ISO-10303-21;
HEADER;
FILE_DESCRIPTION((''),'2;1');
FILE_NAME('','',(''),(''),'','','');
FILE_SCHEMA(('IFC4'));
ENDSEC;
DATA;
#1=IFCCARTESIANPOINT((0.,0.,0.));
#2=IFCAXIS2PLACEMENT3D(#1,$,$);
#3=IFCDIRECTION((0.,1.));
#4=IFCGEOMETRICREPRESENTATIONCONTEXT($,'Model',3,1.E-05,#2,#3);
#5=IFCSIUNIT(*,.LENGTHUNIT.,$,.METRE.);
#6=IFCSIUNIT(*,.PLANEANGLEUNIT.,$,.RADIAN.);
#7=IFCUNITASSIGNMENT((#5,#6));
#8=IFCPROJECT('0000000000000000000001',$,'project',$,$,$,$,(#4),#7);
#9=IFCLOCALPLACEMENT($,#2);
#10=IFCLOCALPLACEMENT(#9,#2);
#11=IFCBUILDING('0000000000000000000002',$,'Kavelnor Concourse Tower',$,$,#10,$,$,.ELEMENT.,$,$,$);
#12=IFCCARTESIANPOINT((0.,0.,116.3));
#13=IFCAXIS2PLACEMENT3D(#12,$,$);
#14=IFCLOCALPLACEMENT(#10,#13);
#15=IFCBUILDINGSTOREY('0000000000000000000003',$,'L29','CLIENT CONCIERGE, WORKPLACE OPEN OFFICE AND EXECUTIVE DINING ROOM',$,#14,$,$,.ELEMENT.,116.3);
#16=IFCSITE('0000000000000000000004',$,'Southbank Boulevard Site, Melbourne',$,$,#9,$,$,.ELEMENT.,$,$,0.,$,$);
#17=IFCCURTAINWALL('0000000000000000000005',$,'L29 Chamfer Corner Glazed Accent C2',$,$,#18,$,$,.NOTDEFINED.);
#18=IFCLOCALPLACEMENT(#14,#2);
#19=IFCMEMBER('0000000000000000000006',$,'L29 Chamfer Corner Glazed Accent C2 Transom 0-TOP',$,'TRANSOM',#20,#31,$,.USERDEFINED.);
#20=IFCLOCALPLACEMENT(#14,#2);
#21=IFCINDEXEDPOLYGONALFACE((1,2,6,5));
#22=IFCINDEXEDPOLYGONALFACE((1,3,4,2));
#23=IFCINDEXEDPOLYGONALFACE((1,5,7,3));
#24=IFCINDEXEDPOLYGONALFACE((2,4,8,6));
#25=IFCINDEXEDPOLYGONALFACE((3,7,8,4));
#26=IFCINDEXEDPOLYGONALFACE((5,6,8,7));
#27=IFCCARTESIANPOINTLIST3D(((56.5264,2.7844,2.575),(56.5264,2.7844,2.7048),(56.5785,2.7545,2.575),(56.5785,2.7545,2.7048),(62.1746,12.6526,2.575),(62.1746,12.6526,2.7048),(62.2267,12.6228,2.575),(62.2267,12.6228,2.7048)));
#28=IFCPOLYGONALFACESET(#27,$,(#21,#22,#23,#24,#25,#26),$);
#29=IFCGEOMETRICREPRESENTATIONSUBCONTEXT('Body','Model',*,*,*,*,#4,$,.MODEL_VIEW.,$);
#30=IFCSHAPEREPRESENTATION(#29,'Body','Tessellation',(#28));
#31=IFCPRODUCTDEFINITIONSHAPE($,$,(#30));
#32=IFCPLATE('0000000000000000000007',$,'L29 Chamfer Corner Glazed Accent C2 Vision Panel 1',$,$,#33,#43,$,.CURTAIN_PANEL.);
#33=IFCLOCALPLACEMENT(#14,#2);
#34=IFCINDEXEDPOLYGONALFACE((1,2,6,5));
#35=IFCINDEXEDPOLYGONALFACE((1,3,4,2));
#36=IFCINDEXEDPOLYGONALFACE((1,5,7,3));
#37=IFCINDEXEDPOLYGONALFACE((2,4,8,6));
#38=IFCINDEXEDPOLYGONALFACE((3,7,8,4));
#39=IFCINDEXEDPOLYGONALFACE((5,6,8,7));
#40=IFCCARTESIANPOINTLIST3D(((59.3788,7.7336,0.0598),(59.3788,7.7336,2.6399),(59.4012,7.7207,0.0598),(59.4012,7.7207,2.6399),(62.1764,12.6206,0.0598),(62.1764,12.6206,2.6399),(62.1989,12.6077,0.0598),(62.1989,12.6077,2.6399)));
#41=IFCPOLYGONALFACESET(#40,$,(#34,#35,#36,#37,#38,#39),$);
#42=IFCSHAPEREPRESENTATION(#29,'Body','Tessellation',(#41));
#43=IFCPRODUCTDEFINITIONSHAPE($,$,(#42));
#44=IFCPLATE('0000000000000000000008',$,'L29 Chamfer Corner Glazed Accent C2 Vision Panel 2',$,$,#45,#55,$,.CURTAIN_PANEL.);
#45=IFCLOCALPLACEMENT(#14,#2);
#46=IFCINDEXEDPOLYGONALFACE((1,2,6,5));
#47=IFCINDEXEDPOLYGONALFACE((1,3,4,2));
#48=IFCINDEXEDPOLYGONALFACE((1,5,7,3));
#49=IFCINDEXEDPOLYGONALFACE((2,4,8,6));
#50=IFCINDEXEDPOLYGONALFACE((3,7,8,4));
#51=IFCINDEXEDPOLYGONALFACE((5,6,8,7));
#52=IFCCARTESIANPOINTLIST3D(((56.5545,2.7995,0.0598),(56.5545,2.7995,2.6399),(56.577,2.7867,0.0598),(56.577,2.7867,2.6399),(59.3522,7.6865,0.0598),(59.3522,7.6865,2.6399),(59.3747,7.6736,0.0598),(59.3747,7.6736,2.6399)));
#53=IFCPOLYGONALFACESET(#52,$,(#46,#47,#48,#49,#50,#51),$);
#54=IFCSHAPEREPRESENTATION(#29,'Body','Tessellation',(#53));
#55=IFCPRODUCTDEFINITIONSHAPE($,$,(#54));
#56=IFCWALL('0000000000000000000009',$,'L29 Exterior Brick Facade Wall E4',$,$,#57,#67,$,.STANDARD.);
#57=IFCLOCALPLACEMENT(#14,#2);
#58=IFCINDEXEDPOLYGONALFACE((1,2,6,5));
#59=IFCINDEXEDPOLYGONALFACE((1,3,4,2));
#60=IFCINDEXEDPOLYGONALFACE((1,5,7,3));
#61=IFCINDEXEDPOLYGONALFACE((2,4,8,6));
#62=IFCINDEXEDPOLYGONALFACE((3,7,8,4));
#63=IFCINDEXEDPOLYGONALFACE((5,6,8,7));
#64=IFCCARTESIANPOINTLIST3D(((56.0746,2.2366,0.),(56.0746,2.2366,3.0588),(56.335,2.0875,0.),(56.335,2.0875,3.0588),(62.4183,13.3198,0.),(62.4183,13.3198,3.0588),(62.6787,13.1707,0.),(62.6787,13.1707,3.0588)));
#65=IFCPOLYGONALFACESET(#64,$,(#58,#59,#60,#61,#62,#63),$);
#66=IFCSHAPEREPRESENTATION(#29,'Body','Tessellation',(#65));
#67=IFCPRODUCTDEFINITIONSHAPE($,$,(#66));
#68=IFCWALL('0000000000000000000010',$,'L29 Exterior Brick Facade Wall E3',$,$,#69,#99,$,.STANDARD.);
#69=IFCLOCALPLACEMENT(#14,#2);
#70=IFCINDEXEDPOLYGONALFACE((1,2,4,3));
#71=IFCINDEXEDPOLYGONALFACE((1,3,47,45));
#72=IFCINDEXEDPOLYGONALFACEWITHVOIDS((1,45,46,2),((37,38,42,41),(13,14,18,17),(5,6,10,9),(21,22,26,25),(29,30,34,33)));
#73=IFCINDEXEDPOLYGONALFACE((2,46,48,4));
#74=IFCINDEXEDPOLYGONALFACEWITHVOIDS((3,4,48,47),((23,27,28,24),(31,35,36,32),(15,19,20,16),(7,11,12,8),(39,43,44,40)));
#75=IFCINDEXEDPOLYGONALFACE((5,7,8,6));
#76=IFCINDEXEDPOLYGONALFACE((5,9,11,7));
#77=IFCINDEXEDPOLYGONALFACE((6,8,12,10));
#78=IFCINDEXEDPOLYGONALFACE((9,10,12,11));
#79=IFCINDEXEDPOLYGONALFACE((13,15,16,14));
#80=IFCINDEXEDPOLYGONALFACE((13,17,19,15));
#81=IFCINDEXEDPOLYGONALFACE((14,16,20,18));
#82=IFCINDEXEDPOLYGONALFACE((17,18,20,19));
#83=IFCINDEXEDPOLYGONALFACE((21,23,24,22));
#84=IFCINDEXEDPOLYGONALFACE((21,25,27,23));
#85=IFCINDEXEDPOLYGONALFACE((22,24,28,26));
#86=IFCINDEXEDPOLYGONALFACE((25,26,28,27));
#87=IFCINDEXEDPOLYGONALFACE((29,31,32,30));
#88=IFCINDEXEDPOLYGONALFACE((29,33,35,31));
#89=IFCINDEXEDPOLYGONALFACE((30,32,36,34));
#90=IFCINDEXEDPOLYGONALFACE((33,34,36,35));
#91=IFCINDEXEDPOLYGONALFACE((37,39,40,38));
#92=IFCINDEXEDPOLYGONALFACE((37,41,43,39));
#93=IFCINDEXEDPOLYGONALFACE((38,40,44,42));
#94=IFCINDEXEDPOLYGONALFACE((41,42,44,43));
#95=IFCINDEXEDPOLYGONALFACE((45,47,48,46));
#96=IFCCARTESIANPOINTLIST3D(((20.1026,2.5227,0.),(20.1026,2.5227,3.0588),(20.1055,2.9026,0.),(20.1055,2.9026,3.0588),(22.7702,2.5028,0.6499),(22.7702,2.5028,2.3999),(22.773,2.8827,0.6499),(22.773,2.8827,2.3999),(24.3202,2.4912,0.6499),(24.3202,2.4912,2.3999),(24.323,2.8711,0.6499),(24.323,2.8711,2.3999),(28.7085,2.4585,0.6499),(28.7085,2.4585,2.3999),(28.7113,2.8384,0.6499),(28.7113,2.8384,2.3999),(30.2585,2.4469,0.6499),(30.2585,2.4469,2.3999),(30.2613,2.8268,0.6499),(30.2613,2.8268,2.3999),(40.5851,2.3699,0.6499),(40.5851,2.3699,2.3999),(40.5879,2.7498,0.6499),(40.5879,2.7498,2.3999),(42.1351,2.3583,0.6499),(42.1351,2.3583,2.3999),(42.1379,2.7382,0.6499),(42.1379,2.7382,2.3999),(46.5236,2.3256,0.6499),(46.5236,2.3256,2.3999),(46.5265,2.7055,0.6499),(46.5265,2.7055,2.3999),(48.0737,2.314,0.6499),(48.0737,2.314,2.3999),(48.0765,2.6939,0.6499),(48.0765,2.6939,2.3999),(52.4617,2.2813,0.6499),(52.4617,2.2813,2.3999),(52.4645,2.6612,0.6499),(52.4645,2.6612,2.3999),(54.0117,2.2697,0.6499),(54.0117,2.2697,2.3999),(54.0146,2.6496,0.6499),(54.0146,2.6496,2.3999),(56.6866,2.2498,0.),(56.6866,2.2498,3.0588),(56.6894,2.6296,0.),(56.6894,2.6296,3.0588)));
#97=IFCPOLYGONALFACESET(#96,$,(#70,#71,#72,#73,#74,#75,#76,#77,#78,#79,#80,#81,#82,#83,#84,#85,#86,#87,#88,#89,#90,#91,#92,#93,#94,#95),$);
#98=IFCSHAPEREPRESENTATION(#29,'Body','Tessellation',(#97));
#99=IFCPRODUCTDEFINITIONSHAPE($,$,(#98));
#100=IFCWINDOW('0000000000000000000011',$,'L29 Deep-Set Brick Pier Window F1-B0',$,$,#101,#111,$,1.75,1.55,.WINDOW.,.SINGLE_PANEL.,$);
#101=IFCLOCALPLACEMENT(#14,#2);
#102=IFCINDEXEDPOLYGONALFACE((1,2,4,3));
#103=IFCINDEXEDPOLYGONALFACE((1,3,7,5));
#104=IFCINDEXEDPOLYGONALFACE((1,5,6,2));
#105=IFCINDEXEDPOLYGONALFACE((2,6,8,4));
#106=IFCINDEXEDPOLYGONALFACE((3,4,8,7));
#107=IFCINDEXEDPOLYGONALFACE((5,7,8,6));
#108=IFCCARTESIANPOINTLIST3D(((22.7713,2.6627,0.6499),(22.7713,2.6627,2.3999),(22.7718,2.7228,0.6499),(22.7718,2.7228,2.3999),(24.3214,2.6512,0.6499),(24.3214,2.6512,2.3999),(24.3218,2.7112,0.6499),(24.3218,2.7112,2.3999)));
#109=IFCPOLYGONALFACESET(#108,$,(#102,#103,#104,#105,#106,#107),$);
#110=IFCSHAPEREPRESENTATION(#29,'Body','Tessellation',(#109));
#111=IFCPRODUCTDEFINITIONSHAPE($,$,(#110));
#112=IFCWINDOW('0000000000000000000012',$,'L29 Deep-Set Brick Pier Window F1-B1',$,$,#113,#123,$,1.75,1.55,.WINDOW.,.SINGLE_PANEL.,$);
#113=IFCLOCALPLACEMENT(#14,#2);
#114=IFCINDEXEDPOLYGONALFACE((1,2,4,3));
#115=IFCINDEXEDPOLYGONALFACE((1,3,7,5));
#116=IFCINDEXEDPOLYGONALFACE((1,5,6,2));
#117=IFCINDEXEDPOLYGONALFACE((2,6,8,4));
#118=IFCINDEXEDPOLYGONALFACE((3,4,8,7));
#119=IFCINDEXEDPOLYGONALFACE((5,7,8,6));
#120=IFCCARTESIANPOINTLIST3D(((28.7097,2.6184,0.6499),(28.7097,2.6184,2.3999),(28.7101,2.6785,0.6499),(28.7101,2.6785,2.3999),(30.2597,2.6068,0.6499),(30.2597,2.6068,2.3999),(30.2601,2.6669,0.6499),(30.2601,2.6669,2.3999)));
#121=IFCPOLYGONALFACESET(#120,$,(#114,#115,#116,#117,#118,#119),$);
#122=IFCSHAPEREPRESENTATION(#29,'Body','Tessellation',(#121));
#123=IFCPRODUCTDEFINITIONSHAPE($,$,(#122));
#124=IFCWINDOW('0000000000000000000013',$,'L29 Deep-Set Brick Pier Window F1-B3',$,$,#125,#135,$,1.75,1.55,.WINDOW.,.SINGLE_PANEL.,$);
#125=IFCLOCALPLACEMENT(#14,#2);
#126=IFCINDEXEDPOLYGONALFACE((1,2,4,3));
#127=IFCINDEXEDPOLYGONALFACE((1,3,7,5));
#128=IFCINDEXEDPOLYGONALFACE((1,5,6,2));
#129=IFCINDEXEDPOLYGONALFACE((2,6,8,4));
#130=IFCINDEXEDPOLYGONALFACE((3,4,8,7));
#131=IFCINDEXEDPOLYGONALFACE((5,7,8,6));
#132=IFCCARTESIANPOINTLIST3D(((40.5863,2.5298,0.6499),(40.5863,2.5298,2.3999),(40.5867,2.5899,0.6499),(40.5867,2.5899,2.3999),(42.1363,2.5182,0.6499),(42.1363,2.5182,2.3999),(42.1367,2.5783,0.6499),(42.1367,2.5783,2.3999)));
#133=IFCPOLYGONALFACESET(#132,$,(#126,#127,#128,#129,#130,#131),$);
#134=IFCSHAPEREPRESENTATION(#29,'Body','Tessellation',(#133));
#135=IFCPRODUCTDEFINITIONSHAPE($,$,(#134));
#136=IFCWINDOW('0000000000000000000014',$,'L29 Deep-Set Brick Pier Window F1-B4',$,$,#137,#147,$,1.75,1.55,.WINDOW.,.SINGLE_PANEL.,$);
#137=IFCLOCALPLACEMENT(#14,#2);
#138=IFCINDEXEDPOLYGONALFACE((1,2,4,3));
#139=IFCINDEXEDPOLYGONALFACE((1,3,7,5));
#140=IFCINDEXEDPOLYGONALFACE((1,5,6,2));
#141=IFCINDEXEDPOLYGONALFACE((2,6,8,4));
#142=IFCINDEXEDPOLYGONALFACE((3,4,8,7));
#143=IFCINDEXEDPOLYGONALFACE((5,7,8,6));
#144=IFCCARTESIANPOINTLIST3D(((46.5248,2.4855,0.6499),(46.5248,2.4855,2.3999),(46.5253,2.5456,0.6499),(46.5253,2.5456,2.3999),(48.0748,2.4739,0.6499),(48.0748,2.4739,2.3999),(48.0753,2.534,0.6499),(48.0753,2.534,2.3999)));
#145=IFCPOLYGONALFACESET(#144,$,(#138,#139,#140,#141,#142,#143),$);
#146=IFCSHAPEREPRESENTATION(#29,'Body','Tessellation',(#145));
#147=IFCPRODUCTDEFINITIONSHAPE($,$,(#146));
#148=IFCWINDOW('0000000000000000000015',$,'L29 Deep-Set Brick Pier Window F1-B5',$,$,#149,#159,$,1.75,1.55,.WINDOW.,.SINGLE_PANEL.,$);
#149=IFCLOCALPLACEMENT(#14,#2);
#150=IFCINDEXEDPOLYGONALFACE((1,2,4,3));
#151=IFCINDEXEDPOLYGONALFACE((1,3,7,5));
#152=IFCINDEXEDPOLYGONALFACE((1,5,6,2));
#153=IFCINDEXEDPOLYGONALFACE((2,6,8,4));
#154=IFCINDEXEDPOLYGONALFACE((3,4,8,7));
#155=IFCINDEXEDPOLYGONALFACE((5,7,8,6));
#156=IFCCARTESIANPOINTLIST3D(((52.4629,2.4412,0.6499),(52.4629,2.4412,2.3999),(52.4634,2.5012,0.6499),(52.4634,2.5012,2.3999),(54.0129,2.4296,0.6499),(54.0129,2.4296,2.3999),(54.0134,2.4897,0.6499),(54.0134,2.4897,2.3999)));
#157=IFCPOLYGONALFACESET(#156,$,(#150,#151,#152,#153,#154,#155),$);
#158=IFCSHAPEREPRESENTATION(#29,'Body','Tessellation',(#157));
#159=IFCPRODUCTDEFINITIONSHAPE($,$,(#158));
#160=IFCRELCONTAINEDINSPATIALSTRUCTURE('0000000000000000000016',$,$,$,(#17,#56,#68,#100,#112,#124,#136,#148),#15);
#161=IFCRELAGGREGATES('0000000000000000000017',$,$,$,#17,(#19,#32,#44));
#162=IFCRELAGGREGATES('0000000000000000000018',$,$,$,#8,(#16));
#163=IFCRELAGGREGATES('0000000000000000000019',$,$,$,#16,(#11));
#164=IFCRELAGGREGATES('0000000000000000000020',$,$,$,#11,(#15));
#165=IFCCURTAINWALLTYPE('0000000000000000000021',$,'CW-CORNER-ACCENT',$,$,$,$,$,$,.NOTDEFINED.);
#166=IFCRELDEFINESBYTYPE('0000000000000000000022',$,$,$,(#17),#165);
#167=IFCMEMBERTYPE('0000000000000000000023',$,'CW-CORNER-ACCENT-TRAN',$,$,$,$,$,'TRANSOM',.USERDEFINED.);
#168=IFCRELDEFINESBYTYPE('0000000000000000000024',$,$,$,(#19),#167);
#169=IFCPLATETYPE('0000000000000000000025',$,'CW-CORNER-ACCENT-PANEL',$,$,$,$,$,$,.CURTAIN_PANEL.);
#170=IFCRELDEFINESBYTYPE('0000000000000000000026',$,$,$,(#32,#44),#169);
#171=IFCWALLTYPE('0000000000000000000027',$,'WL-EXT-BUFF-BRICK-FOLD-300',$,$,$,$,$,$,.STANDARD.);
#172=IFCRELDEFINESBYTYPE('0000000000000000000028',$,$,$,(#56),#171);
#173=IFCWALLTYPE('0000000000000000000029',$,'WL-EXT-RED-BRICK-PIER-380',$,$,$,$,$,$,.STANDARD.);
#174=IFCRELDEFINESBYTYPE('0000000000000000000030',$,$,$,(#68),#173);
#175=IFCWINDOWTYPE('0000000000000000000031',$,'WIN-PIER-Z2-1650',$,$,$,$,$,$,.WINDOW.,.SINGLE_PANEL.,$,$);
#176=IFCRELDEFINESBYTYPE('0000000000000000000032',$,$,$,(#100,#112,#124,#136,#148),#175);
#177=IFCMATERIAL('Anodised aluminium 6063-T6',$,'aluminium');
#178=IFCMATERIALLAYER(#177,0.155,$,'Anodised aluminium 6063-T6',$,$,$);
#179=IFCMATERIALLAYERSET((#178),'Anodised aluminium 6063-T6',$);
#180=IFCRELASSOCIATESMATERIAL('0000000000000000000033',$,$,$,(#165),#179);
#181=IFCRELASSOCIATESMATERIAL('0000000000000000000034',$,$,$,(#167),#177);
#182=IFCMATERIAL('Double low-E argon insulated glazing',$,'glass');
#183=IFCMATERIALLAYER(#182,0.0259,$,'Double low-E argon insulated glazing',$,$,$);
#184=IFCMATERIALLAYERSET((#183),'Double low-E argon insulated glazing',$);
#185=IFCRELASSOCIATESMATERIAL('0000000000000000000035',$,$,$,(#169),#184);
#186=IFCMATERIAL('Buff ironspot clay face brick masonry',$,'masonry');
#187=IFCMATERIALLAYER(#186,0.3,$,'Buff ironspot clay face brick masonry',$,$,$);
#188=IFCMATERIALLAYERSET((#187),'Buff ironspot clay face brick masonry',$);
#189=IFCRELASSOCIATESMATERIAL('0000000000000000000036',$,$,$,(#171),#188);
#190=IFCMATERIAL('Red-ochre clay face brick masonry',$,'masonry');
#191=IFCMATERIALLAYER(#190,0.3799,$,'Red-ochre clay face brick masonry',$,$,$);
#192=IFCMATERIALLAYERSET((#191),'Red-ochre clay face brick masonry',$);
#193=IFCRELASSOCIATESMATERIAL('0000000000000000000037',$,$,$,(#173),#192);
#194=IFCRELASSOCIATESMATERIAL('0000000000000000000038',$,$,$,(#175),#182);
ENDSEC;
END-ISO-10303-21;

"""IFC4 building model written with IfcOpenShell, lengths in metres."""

from ifc_helpers import new_model, si_unit, direction, frame, frame_2d, origin, origin_2d, place, context, subcontext, project, spatial, rectangle, extrude, material, layer, layer_set, material_profile, profile_set, type_object, element, fill, aggregate, save


model = new_model("IFC4")

# Units and contexts
model_context = context("Model", 3, precision=1e-05, world=origin(), true_north=direction((0.0, 1.0)))
body_context = subcontext(model_context, "Body", "Model", "MODEL_VIEW")
ifc_project = project(units=[si_unit("LENGTHUNIT", "METRE"), si_unit("PLANEANGLEUNIT", "RADIAN")], contexts=[model_context])

# Site, building, storey
site_placement = place(None, origin())
site = spatial("IfcSite", under=ifc_project, at=site_placement, Name="Southbank Boulevard Site, Melbourne", CompositionType="ELEMENT", RefElevation=0.0)
building_placement = place(site_placement, origin())
building = spatial("IfcBuilding", under=site, at=building_placement, Name="Kavelnor Concourse Tower", CompositionType="ELEMENT")
storey_placement = place(building_placement, frame((0.0, 0.0, 116.3)))
storey = spatial("IfcBuildingStorey", under=building, at=storey_placement, Name="L29", Description="CLIENT CONCIERGE, WORKPLACE OPEN OFFICE AND EXECUTIVE DINING ROOM", CompositionType="ELEMENT", Elevation=116.3)

# Curtain wall, member, plates
ifc_material_1 = material(Name="Anodised aluminium 6063-T6", Category="aluminium")
ifc_layer_1 = layer(ifc_material_1, 0.155, Name="Anodised aluminium 6063-T6")
ifc_layer_set_1 = layer_set([ifc_layer_1], Name="Anodised aluminium 6063-T6")
curtain_wall_type = type_object("IfcCurtainWallType", Name="CW-CORNER-ACCENT", PredefinedType="NOTDEFINED", material=ifc_layer_set_1)
curtain_wall_placement = place(storey_placement, origin())
curtain_wall = element("IfcCurtainWall", 1, at=curtain_wall_placement, inside=storey, type_object=curtain_wall_type, Name="L29 Chamfer Corner Glazed Accent C2", PredefinedType="NOTDEFINED")
ifc_material_profile_1 = material_profile(ifc_material_1, rectangle(XDim=0.0601, YDim=0.1299, at=origin_2d()), Name="AL-TRAN 60x130")
ifc_profile_set_1 = profile_set([ifc_material_profile_1], Name="Anodised aluminium 6063-T6")
member_type_1 = type_object("IfcMemberType", Name="CW-CORNER-ACCENT-TRAN", ElementType="TRANSOM", PredefinedType="USERDEFINED", material=ifc_profile_set_1)
member_1_placement = place(storey_placement, frame((62.2007, 12.6377, 2.6399), z_axis=(-0.496752, -0.867893, 0.0), x_axis=(0.867893, -0.496752, 0.0)))
member_1 = element("IfcMember", 2, at=member_1_placement, type_object=member_type_1, Name="L29 Chamfer Corner Glazed Accent C2 Transom 0-TOP", ObjectType="TRANSOM", PredefinedType="USERDEFINED", context=body_context, shape_type="SweptSolid", body=[
    extrude(rectangle(XDim=0.0601, YDim=0.1299, at=origin_2d()), origin(), (0.0, 0.0, 1.0), 11.3704),
])
ifc_material_2 = material(Name="Double low-E argon insulated glazing", Category="glass")
ifc_layer_2 = layer(ifc_material_2, 0.0259, Name="Double low-E argon insulated glazing")
ifc_layer_set_2 = layer_set([ifc_layer_2], Name="Double low-E argon insulated glazing")
plate_type = type_object("IfcPlateType", Name="CW-CORNER-ACCENT-PANEL", PredefinedType="CURTAIN_PANEL", material=ifc_layer_set_2)
plate_1_placement = place(storey_placement, frame((60.7888, 10.1707, 0.0598), z_axis=(0.0, 0.0, 1.0), x_axis=(-0.496822, -0.867852, 0.0)))
plate_1 = element("IfcPlate", 3, at=plate_1_placement, type_object=plate_type, Name="L29 Chamfer Corner Glazed Accent C2 Vision Panel 1", PredefinedType="CURTAIN_PANEL", context=body_context, shape_type="SweptSolid", body=[
    extrude(rectangle(XDim=5.6311, YDim=0.0259, at=origin_2d()), origin(), (0.0, 0.0, 1.0), 2.5801),
])
plate_2_placement = place(storey_placement, frame((57.9646, 5.2366, 0.0598), z_axis=(0.0, 0.0, 1.0), x_axis=(-0.496822, -0.867852, 0.0)))
plate_2 = element("IfcPlate", 4, at=plate_2_placement, type_object=plate_type, Name="L29 Chamfer Corner Glazed Accent C2 Vision Panel 2", PredefinedType="CURTAIN_PANEL", context=body_context, shape_type="SweptSolid", body=[
    extrude(rectangle(XDim=5.6311, YDim=0.0259, at=origin_2d()), origin(), (0.0, 0.0, 1.0), 2.5801),
])
aggregate(curtain_wall, [member_1, plate_1, plate_2])

# Wall
ifc_material_3 = material(Name="Buff ironspot clay face brick masonry", Category="masonry")
ifc_layer_3 = layer(ifc_material_3, 0.3, Name="Buff ironspot clay face brick masonry")
ifc_layer_set_3 = layer_set([ifc_layer_3], Name="Buff ironspot clay face brick masonry")
wall_type_1 = type_object("IfcWallType", Name="WL-EXT-BUFF-BRICK-FOLD-300", PredefinedType="STANDARD", material=ifc_layer_set_3)
wall_1_placement = place(storey_placement, frame((62.5486, 13.2454, 0.0), z_axis=(0.0, 0.0, 1.0), x_axis=(-0.496756, -0.86789, 0.0)))
element("IfcWall", 5, at=wall_1_placement, inside=storey, type_object=wall_type_1, Name="L29 Exterior Brick Facade Wall E4", PredefinedType="STANDARD", context=body_context, shape_type="SweptSolid", body=[
    extrude(rectangle(XDim=12.7703, YDim=0.3, at=frame_2d((6.3853, 0.0))), origin(), (0.0, 0.0, 1.0), 3.0588),
])

# Wall, openings, windows
ifc_material_4 = material(Name="Red-ochre clay face brick masonry", Category="masonry")
ifc_layer_4 = layer(ifc_material_4, 0.3799, Name="Red-ochre clay face brick masonry")
ifc_layer_set_4 = layer_set([ifc_layer_4], Name="Red-ochre clay face brick masonry")
wall_type_2 = type_object("IfcWallType", Name="WL-EXT-RED-BRICK-PIER-380", PredefinedType="STANDARD", material=ifc_layer_set_4)
wall_2_placement = place(storey_placement, frame((56.688, 2.4397, 0.0), z_axis=(0.0, 0.0, 1.0), x_axis=(-0.999972, 0.007461, 0.0)))
wall_2 = element("IfcWall", 6, at=wall_2_placement, inside=storey, type_object=wall_type_2, Name="L29 Exterior Brick Facade Wall E3", PredefinedType="STANDARD", context=body_context, shape_type="SweptSolid", body=[
    extrude(rectangle(XDim=36.585, YDim=0.3799, at=frame_2d((18.2925, 0.0))), origin(), (0.0, 0.0, 1.0), 3.0588),
])
opening_1_placement = place(wall_2_placement, frame((32.3674, 0.0, 0.6499)))
opening_1 = element("IfcOpeningElement", 7, at=opening_1_placement, cuts=wall_2, PredefinedType="OPENING", context=body_context, shape_type="SweptSolid", body=[
    extrude(rectangle(XDim=1.55, YDim=1.75, at=frame_2d((0.7749, 0.875))), frame((0.0, 0.2, 0.0), z_axis=(0.0, -1.0, 0.0), x_axis=(1.0, 0.0, 0.0)), (0.0, 0.0, 1.0), 0.3999),
])
opening_2_placement = place(wall_2_placement, frame((26.429, 0.0, 0.6499)))
opening_2 = element("IfcOpeningElement", 8, at=opening_2_placement, cuts=wall_2, PredefinedType="OPENING", context=body_context, shape_type="SweptSolid", body=[
    extrude(rectangle(XDim=1.55, YDim=1.75, at=frame_2d((0.7749, 0.875))), frame((0.0, 0.2, 0.0), z_axis=(0.0, -1.0, 0.0), x_axis=(1.0, 0.0, 0.0)), (0.0, 0.0, 1.0), 0.3999),
])
opening_3_placement = place(wall_2_placement, frame((14.552, 0.0, 0.6499)))
opening_3 = element("IfcOpeningElement", 9, at=opening_3_placement, cuts=wall_2, PredefinedType="OPENING", context=body_context, shape_type="SweptSolid", body=[
    extrude(rectangle(XDim=1.55, YDim=1.75, at=frame_2d((0.7749, 0.875))), frame((0.0, 0.2, 0.0), z_axis=(0.0, -1.0, 0.0), x_axis=(1.0, 0.0, 0.0)), (0.0, 0.0, 1.0), 0.3999),
])
opening_4_placement = place(wall_2_placement, frame((8.6133, 0.0, 0.6499)))
opening_4 = element("IfcOpeningElement", 10, at=opening_4_placement, cuts=wall_2, PredefinedType="OPENING", context=body_context, shape_type="SweptSolid", body=[
    extrude(rectangle(XDim=1.55, YDim=1.75, at=frame_2d((0.7749, 0.875))), frame((0.0, 0.2, 0.0), z_axis=(0.0, -1.0, 0.0), x_axis=(1.0, 0.0, 0.0)), (0.0, 0.0, 1.0), 0.3999),
])
opening_5_placement = place(wall_2_placement, frame((2.675, 0.0, 0.6499)))
opening_5 = element("IfcOpeningElement", 11, at=opening_5_placement, cuts=wall_2, PredefinedType="OPENING", context=body_context, shape_type="SweptSolid", body=[
    extrude(rectangle(XDim=1.55, YDim=1.75, at=frame_2d((0.7749, 0.875))), frame((0.0, 0.2, 0.0), z_axis=(0.0, -1.0, 0.0), x_axis=(1.0, 0.0, 0.0)), (0.0, 0.0, 1.0), 0.3999),
])
window_type = type_object("IfcWindowType", Name="WIN-PIER-Z2-1650", PartitioningType="SINGLE_PANEL", PredefinedType="WINDOW", material=ifc_material_2)
window_1_placement = place(opening_1_placement, origin())
window_1 = element("IfcWindow", 12, at=window_1_placement, inside=storey, type_object=window_type, Name="L29 Deep-Set Brick Pier Window F1-B0", OverallHeight=1.75, OverallWidth=1.55, PartitioningType="SINGLE_PANEL", PredefinedType="WINDOW", context=body_context, shape_type="SweptSolid", body=[
    extrude(rectangle(XDim=1.55, YDim=1.75, at=frame_2d((0.7749, 0.875))), frame((0.0, 0.03, 0.0), z_axis=(0.0, -1.0, 0.0), x_axis=(1.0, 0.0, 0.0)), (0.0, 0.0, 1.0), 0.0601),
])
fill(opening_1, window_1)
window_2_placement = place(opening_2_placement, origin())
window_2 = element("IfcWindow", 13, at=window_2_placement, inside=storey, type_object=window_type, Name="L29 Deep-Set Brick Pier Window F1-B1", OverallHeight=1.75, OverallWidth=1.55, PartitioningType="SINGLE_PANEL", PredefinedType="WINDOW", context=body_context, shape_type="SweptSolid", body=[
    extrude(rectangle(XDim=1.55, YDim=1.75, at=frame_2d((0.7749, 0.875))), frame((0.0, 0.03, 0.0), z_axis=(0.0, -1.0, 0.0), x_axis=(1.0, 0.0, 0.0)), (0.0, 0.0, 1.0), 0.0601),
])
fill(opening_2, window_2)
window_3_placement = place(opening_3_placement, origin())
window_3 = element("IfcWindow", 14, at=window_3_placement, inside=storey, type_object=window_type, Name="L29 Deep-Set Brick Pier Window F1-B3", OverallHeight=1.75, OverallWidth=1.55, PartitioningType="SINGLE_PANEL", PredefinedType="WINDOW", context=body_context, shape_type="SweptSolid", body=[
    extrude(rectangle(XDim=1.55, YDim=1.75, at=frame_2d((0.7749, 0.875))), frame((0.0, 0.03, 0.0), z_axis=(0.0, -1.0, 0.0), x_axis=(1.0, 0.0, 0.0)), (0.0, 0.0, 1.0), 0.0601),
])
fill(opening_3, window_3)
window_4_placement = place(opening_4_placement, origin())
window_4 = element("IfcWindow", 15, at=window_4_placement, inside=storey, type_object=window_type, Name="L29 Deep-Set Brick Pier Window F1-B4", OverallHeight=1.75, OverallWidth=1.55, PartitioningType="SINGLE_PANEL", PredefinedType="WINDOW", context=body_context, shape_type="SweptSolid", body=[
    extrude(rectangle(XDim=1.55, YDim=1.75, at=frame_2d((0.7749, 0.875))), frame((0.0, 0.03, 0.0), z_axis=(0.0, -1.0, 0.0), x_axis=(1.0, 0.0, 0.0)), (0.0, 0.0, 1.0), 0.0601),
])
fill(opening_4, window_4)
window_5_placement = place(opening_5_placement, origin())
window_5 = element("IfcWindow", 16, at=window_5_placement, inside=storey, type_object=window_type, Name="L29 Deep-Set Brick Pier Window F1-B5", OverallHeight=1.75, OverallWidth=1.55, PartitioningType="SINGLE_PANEL", PredefinedType="WINDOW", context=body_context, shape_type="SweptSolid", body=[
    extrude(rectangle(XDim=1.55, YDim=1.75, at=frame_2d((0.7749, 0.875))), frame((0.0, 0.03, 0.0), z_axis=(0.0, -1.0, 0.0), x_axis=(1.0, 0.0, 0.0)), (0.0, 0.0, 1.0), 0.0601),
])
fill(opening_5, window_5)

save(model, "model.ifc")
